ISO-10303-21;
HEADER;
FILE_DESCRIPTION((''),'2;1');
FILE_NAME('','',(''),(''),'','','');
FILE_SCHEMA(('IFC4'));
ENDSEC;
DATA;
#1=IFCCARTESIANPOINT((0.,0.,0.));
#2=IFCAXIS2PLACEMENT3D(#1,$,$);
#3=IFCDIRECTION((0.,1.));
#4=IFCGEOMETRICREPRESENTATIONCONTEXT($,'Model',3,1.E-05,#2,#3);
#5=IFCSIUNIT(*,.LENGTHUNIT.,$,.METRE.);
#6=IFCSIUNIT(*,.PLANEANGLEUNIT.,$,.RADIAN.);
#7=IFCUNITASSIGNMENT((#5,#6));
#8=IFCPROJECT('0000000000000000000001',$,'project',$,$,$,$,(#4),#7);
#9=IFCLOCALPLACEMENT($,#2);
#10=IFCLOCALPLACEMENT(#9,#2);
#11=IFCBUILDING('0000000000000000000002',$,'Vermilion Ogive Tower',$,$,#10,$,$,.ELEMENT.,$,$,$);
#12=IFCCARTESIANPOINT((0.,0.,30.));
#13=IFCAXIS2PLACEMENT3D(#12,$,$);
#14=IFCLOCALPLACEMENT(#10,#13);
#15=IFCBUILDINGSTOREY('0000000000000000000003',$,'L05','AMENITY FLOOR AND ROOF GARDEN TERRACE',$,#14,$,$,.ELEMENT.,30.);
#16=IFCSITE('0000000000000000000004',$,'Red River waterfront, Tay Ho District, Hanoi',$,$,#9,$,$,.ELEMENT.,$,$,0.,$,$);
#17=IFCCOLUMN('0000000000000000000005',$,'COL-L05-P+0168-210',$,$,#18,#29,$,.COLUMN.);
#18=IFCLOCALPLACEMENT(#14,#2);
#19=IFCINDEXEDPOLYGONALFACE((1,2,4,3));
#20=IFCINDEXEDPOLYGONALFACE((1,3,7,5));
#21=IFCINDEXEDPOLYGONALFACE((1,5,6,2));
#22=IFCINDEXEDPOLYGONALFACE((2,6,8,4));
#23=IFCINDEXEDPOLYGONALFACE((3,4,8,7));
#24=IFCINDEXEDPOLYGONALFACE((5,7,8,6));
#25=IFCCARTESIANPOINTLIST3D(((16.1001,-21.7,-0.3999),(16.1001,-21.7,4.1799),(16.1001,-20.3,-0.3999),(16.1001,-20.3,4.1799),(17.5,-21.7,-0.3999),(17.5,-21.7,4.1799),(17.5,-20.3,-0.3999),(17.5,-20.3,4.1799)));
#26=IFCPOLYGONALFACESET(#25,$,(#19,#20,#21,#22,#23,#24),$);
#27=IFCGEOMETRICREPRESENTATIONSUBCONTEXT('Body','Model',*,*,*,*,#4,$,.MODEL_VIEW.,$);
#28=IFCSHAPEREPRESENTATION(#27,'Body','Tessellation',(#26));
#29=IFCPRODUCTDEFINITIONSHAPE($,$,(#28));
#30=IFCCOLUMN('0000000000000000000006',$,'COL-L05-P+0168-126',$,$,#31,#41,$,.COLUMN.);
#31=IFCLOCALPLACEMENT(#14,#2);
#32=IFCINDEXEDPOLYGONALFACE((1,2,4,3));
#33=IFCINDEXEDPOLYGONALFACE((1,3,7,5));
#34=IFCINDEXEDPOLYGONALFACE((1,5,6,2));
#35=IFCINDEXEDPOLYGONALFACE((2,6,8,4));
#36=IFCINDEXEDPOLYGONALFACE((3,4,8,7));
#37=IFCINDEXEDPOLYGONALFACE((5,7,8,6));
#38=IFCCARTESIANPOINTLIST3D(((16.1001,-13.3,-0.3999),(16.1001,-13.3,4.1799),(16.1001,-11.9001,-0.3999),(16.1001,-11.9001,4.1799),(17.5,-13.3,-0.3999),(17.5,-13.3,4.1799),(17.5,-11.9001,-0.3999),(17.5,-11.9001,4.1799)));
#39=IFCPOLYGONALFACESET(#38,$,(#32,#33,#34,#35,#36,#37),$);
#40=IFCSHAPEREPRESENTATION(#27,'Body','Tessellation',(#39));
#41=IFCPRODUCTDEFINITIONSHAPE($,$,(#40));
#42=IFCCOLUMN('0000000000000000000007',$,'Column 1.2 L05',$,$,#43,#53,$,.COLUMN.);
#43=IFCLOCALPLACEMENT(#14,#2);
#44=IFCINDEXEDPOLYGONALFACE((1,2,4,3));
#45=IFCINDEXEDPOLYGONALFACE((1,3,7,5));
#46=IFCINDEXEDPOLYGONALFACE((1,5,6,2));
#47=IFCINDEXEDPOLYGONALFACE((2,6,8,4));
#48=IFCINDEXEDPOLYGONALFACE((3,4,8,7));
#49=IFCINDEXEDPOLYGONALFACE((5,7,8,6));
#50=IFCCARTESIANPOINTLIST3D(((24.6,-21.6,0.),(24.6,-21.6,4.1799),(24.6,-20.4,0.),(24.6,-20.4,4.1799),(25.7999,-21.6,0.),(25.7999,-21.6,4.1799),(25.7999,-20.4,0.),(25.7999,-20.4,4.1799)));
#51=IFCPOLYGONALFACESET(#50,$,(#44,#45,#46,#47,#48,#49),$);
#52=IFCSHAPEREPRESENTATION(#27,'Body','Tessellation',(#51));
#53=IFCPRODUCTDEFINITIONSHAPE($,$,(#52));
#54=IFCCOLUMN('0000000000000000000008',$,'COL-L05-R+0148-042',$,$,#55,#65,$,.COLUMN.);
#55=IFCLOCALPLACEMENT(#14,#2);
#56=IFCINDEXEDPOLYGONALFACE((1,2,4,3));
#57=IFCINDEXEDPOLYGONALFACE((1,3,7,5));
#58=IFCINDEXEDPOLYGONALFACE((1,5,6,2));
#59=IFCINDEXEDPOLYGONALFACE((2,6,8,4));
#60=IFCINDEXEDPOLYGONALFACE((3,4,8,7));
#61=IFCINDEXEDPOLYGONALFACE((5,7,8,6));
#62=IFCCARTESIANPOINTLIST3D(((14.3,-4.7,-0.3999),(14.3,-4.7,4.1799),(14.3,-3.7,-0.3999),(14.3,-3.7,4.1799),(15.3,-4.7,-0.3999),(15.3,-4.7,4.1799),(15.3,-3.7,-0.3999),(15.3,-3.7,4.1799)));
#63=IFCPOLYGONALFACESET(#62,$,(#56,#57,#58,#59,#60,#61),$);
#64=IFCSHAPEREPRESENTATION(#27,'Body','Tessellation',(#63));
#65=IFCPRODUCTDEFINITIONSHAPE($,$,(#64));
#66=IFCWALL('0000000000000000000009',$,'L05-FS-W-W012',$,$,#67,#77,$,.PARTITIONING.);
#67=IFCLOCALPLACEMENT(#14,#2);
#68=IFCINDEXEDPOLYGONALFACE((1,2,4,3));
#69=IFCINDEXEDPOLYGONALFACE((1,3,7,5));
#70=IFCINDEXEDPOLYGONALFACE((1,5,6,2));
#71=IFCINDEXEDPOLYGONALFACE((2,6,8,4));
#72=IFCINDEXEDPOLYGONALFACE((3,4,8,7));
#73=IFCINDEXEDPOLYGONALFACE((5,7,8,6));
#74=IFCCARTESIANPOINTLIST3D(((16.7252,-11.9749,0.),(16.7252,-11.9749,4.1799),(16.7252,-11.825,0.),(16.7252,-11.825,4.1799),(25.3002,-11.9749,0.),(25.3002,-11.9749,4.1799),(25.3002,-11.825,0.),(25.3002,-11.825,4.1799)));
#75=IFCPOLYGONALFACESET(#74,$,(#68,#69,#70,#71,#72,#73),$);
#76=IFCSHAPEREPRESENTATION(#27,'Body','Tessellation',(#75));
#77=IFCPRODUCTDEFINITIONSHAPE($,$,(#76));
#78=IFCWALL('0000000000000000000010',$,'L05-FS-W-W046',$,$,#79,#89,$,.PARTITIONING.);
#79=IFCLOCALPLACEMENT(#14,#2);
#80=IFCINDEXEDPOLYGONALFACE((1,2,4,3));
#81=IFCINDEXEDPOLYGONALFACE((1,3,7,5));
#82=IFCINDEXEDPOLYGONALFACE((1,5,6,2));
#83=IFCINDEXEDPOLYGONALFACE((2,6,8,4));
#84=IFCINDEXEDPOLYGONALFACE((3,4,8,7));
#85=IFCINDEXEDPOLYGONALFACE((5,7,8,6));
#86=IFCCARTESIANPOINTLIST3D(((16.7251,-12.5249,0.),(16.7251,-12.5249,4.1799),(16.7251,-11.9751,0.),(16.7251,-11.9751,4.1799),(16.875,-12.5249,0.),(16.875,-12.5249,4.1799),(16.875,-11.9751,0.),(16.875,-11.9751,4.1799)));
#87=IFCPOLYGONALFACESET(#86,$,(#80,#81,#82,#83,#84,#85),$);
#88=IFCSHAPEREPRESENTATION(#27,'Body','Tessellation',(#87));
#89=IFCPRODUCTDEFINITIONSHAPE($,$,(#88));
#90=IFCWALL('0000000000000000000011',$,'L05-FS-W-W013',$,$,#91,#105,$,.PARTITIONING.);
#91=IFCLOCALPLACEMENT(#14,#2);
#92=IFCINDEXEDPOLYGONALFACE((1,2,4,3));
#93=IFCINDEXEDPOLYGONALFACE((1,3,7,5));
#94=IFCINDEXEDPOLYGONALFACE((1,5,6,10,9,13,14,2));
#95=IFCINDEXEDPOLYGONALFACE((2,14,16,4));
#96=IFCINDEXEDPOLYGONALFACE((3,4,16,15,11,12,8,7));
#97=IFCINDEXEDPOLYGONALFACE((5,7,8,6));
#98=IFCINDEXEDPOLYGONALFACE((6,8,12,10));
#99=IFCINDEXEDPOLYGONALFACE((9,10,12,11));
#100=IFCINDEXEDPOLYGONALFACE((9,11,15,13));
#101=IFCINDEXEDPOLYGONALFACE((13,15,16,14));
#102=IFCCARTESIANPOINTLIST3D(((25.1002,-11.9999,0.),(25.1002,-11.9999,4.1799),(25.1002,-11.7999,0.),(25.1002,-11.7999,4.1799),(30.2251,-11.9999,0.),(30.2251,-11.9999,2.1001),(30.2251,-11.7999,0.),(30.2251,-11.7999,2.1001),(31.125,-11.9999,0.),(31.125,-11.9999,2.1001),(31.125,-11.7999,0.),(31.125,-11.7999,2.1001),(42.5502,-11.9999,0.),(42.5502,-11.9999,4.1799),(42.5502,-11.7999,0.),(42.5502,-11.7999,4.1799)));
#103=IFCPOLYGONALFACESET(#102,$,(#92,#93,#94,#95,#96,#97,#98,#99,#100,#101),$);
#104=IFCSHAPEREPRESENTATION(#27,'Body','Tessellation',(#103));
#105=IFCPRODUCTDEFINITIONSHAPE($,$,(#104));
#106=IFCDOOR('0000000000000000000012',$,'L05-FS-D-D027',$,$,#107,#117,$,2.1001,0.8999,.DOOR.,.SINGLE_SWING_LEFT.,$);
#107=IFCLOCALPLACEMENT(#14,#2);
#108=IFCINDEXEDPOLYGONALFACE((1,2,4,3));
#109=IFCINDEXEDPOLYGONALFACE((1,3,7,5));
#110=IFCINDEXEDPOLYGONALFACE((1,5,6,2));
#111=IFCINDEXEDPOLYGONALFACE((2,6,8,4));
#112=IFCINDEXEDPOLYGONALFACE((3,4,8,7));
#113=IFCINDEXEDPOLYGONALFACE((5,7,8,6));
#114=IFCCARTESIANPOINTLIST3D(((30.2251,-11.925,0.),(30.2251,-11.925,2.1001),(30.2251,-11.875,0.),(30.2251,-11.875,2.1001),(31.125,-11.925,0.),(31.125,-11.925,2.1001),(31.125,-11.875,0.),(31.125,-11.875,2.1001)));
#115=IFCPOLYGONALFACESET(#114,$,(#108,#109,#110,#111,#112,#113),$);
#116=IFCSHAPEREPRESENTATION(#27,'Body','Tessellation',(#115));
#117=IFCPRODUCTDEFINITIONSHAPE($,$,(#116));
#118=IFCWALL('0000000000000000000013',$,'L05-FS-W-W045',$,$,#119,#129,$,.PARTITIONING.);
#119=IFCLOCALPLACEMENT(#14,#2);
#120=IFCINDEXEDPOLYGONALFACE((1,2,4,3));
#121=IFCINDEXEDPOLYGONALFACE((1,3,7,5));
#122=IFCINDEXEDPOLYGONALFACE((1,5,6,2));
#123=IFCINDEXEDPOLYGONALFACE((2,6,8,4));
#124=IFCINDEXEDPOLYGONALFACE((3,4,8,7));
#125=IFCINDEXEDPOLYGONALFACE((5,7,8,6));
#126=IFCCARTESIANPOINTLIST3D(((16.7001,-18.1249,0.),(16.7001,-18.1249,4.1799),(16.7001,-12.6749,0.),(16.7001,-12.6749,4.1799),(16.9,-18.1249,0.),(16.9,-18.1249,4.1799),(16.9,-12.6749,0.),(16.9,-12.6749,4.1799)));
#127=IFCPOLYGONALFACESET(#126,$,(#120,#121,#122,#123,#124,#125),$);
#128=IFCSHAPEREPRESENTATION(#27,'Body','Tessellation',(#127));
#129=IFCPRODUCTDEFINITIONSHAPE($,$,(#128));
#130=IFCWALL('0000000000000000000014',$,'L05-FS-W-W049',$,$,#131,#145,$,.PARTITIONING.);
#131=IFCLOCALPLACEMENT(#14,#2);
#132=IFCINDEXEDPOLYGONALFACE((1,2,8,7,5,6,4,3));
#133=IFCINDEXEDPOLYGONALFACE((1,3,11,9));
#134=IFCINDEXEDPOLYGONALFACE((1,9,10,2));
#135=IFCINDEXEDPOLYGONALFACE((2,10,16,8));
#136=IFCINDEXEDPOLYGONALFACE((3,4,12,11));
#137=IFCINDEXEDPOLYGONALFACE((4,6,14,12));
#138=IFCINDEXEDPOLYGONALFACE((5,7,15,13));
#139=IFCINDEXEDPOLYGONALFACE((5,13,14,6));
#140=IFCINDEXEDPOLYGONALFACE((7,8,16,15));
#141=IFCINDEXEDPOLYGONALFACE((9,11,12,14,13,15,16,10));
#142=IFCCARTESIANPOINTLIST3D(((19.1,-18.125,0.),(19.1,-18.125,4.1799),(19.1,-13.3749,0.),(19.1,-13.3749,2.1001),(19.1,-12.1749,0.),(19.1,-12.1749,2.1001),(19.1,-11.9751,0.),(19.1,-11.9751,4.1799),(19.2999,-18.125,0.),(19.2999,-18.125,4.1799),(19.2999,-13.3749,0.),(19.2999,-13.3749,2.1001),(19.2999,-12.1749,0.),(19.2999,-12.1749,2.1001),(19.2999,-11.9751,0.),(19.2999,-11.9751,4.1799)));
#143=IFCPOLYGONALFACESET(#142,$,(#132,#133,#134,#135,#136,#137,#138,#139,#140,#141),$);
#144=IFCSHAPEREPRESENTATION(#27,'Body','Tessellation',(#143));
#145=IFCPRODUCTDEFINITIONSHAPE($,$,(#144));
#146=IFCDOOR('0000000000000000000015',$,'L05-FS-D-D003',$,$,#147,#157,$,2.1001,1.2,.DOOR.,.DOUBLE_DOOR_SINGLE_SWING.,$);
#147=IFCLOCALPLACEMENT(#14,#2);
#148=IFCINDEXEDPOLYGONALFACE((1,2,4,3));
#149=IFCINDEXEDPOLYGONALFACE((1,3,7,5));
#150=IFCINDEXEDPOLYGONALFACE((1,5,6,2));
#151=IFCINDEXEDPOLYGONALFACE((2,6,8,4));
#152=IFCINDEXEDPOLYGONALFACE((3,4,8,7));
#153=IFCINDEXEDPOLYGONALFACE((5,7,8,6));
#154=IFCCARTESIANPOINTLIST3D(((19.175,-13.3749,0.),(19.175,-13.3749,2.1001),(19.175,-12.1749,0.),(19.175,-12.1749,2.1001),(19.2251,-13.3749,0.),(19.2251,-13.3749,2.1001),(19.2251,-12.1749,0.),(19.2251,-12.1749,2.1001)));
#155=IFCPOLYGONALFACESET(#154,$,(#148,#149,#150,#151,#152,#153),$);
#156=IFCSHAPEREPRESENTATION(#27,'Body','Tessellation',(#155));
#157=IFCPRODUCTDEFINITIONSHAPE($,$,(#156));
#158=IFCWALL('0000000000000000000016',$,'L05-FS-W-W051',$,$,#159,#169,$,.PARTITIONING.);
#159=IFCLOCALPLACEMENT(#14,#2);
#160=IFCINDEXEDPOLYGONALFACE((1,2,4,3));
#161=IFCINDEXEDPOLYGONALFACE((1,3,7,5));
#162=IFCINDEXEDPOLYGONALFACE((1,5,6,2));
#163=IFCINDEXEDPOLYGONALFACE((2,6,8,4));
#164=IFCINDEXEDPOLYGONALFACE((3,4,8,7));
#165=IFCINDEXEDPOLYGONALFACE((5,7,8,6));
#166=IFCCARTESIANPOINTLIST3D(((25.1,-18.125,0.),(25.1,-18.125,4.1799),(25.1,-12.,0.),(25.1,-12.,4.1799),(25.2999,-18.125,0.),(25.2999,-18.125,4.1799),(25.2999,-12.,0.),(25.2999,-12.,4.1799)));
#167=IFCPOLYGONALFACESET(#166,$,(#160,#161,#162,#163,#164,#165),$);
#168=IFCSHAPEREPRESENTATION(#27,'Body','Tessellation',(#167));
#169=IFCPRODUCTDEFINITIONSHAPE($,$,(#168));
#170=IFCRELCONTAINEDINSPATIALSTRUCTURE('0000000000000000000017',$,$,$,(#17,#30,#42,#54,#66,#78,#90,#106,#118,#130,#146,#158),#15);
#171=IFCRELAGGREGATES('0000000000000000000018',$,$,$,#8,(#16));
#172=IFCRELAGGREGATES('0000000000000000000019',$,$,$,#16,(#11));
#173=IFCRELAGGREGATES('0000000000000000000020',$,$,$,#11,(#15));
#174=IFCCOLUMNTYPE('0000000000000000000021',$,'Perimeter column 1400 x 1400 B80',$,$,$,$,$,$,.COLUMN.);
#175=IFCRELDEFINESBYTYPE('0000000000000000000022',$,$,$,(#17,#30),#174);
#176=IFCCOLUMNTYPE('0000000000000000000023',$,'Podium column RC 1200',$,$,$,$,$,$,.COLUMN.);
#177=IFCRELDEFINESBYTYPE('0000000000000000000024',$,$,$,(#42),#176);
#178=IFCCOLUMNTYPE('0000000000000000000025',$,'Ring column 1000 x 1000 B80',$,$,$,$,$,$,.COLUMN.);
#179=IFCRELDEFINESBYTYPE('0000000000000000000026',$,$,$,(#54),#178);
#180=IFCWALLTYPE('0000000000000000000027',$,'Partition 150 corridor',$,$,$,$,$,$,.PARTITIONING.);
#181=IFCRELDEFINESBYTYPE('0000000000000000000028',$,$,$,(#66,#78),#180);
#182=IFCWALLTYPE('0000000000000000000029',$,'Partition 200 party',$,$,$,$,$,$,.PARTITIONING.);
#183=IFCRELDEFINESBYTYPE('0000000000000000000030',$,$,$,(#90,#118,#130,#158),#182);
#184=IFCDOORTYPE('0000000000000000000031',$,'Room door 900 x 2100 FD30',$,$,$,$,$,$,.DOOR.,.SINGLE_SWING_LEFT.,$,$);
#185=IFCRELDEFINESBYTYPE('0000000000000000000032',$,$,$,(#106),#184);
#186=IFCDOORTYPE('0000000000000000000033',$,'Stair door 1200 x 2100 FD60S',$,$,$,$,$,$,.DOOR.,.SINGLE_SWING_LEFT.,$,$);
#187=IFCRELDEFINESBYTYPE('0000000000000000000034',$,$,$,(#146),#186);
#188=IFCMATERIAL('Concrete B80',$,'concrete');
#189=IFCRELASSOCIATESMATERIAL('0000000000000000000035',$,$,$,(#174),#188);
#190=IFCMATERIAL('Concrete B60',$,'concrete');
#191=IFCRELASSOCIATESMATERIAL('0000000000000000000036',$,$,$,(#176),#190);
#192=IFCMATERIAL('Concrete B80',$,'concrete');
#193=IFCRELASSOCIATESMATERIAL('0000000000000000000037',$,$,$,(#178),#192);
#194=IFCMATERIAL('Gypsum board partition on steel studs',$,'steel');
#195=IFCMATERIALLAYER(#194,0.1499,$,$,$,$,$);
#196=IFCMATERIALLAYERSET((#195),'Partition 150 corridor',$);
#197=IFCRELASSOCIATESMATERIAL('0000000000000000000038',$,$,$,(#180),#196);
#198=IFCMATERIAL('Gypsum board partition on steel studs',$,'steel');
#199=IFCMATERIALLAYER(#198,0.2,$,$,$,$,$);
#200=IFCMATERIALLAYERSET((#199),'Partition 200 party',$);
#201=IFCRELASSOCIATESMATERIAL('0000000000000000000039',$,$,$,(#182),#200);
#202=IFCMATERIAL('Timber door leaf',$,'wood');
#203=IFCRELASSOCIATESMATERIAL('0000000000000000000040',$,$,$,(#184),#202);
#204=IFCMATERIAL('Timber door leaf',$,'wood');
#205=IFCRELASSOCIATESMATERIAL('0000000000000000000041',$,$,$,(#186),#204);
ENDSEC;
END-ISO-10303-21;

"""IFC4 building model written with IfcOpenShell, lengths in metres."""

from ifc_helpers import new_model, si_unit, direction, frame, frame_2d, origin, origin_2d, place, context, subcontext, project, spatial, rectangle, extrude, material, layer, layer_set, material_profile, profile_set, type_object, element, fill, save


model = new_model("IFC4")

# Units and contexts
model_context = context("Model", 3, precision=1e-05, world=origin(), true_north=direction((0.0, 1.0)))
body_context = subcontext(model_context, "Body", "Model", "MODEL_VIEW")
ifc_project = project(units=[si_unit("LENGTHUNIT", "METRE"), si_unit("PLANEANGLEUNIT", "RADIAN")], contexts=[model_context])

# Site, building, storey
site_placement = place(None, origin())
site = spatial("IfcSite", under=ifc_project, at=site_placement, Name="Red River waterfront, Tay Ho District, Hanoi", CompositionType="ELEMENT", RefElevation=0.0)
building_placement = place(site_placement, origin())
building = spatial("IfcBuilding", under=site, at=building_placement, Name="Vermilion Ogive Tower", CompositionType="ELEMENT")
storey_placement = place(building_placement, frame((0.0, 0.0, 30.0)))
storey = spatial("IfcBuildingStorey", under=building, at=storey_placement, Name="L05", Description="AMENITY FLOOR AND ROOF GARDEN TERRACE", CompositionType="ELEMENT", Elevation=30.0)

# Columns
ifc_material_1 = material(Name="Concrete B80", Category="concrete")
ifc_material_profile_1 = material_profile(ifc_material_1, rectangle(XDim=1.3999, YDim=1.3999, at=origin_2d()), Name="1400 x 1400")
ifc_profile_set_1 = profile_set([ifc_material_profile_1], Name="Concrete B80")
column_type_1 = type_object("IfcColumnType", Name="Perimeter column 1400 x 1400 B80", PredefinedType="COLUMN", material=ifc_profile_set_1)
for number, where, z_axis, x_axis, name in (
    (1, (16.8, -21.0, -0.3999), (0.0, 0.0, 1.0), (1.0, 0.0, 0.0), "COL-L05-P+0168-210"),
    (2, (16.8, -12.6001, -0.3999), (0.0, 0.0, 1.0), (1.0, 0.0, 0.0), "COL-L05-P+0168-126"),
):
    element("IfcColumn", number, at=place(storey_placement, frame(where, z_axis=z_axis, x_axis=x_axis)), inside=storey, type_object=column_type_1, Name=name, PredefinedType="COLUMN", context=body_context, shape_type="SweptSolid", body=[
        extrude(rectangle(XDim=1.3999, YDim=1.3999, at=origin_2d()), origin(), (0.0, 0.0, 1.0), 4.5798),
    ])
ifc_material_2 = material(Name="Concrete B60", Category="concrete")
ifc_material_profile_2 = material_profile(ifc_material_2, rectangle(XDim=1.2, YDim=1.2, at=origin_2d()), Name="RC 1200x1200")
ifc_profile_set_2 = profile_set([ifc_material_profile_2], Name="Concrete B60")
column_type_2 = type_object("IfcColumnType", Name="Podium column RC 1200", PredefinedType="COLUMN", material=ifc_profile_set_2)
column_1_placement = place(storey_placement, frame((25.2, -21.0, 0.0), z_axis=(0.0, 0.0, 1.0), x_axis=(1.0, 0.0, 0.0)))
element("IfcColumn", 3, at=column_1_placement, inside=storey, type_object=column_type_2, Name="Column 1.2 L05", PredefinedType="COLUMN", context=body_context, shape_type="SweptSolid", body=[
    extrude(rectangle(XDim=1.2, YDim=1.2, at=origin_2d()), origin(), (0.0, 0.0, 1.0), 4.1799),
])
ifc_material_3 = material(Name="Concrete B80", Category="concrete")
ifc_material_profile_3 = material_profile(ifc_material_3, rectangle(XDim=1.0, YDim=1.0, at=origin_2d()), Name="1000 x 1000")
ifc_profile_set_3 = profile_set([ifc_material_profile_3], Name="Concrete B80")
column_type_3 = type_object("IfcColumnType", Name="Ring column 1000 x 1000 B80", PredefinedType="COLUMN", material=ifc_profile_set_3)
column_2_placement = place(storey_placement, frame((14.8, -4.2, -0.3999), z_axis=(0.0, 0.0, 1.0), x_axis=(1.0, 0.0, 0.0)))
element("IfcColumn", 4, at=column_2_placement, inside=storey, type_object=column_type_3, Name="COL-L05-R+0148-042", PredefinedType="COLUMN", context=body_context, shape_type="SweptSolid", body=[
    extrude(rectangle(XDim=1.0, YDim=1.0, at=origin_2d()), origin(), (0.0, 0.0, 1.0), 4.5798),
])

# Walls
ifc_material_4 = material(Name="Gypsum board partition on steel studs", Category="steel")
ifc_layer_1 = layer(ifc_material_4, 0.1499)
ifc_layer_set_1 = layer_set([ifc_layer_1], Name="Partition 150 corridor")
wall_type_1 = type_object("IfcWallType", Name="Partition 150 corridor", PredefinedType="PARTITIONING", material=ifc_layer_set_1)
wall_1_placement = place(storey_placement, frame((16.7251, -11.8999, 0.0), z_axis=(0.0, 0.0, 1.0), x_axis=(1.0, 0.0, 0.0)))
element("IfcWall", 5, at=wall_1_placement, inside=storey, type_object=wall_type_1, Name="L05-FS-W-W012", PredefinedType="PARTITIONING", context=body_context, shape_type="SweptSolid", body=[
    extrude(rectangle(XDim=8.575, YDim=0.1499, at=frame_2d((4.2876, 0.0))), origin(), (0.0, 0.0, 1.0), 4.1799),
])
wall_2_placement = place(storey_placement, frame((16.8, -12.5249, 0.0), z_axis=(0.0, 0.0, 1.0), x_axis=(0.0, 1.0, 0.0)))
element("IfcWall", 6, at=wall_2_placement, inside=storey, type_object=wall_type_1, Name="L05-FS-W-W046", PredefinedType="PARTITIONING", context=body_context, shape_type="SweptSolid", body=[
    extrude(rectangle(XDim=0.5498, YDim=0.1499, at=frame_2d((0.2749, 0.0))), origin(), (0.0, 0.0, 1.0), 4.1799),
])

# Wall, opening, door
ifc_material_5 = material(Name="Gypsum board partition on steel studs", Category="steel")
ifc_layer_2 = layer(ifc_material_5, 0.2)
ifc_layer_set_2 = layer_set([ifc_layer_2], Name="Partition 200 party")
wall_type_2 = type_object("IfcWallType", Name="Partition 200 party", PredefinedType="PARTITIONING", material=ifc_layer_set_2)
wall_3_placement = place(storey_placement, frame((25.1001, -11.8999, 0.0), z_axis=(0.0, 0.0, 1.0), x_axis=(1.0, 0.0, 0.0)))
wall_3 = element("IfcWall", 7, at=wall_3_placement, inside=storey, type_object=wall_type_2, Name="L05-FS-W-W013", PredefinedType="PARTITIONING", context=body_context, shape_type="SweptSolid", body=[
    extrude(rectangle(XDim=17.45, YDim=0.2, at=frame_2d((8.7251, 0.0))), origin(), (0.0, 0.0, 1.0), 4.1799),
])
opening_1_placement = place(wall_3_placement, frame((5.125, 0.0, 0.0)))
opening_1 = element("IfcOpeningElement", 8, at=opening_1_placement, cuts=wall_3, PredefinedType="OPENING", context=body_context, shape_type="SweptSolid", body=[
    extrude(rectangle(XDim=0.8999, YDim=2.1001, at=frame_2d((0.45, 1.05))), frame((0.0, 0.1099, 0.0), z_axis=(0.0, -1.0, 0.0), x_axis=(1.0, 0.0, 0.0)), (0.0, 0.0, 1.0), 0.22),
])
ifc_material_6 = material(Name="Timber door leaf", Category="wood")
door_type_1 = type_object("IfcDoorType", Name="Room door 900 x 2100 FD30", OperationType="SINGLE_SWING_LEFT", PredefinedType="DOOR", material=ifc_material_6)
door_1_placement = place(opening_1_placement, origin())
door_1 = element("IfcDoor", 9, at=door_1_placement, inside=storey, type_object=door_type_1, Name="L05-FS-D-D027", OperationType="SINGLE_SWING_LEFT", OverallHeight=2.1001, OverallWidth=0.8999, PredefinedType="DOOR", context=body_context, shape_type="SweptSolid", body=[
    extrude(rectangle(XDim=0.8999, YDim=2.1001, at=frame_2d((0.45, 1.05))), frame((0.0, 0.0249, 0.0), z_axis=(0.0, -1.0, 0.0), x_axis=(1.0, 0.0, 0.0)), (0.0, 0.0, 1.0), 0.05),
])
fill(opening_1, door_1)

# Wall
wall_4_placement = place(storey_placement, frame((16.8, -18.125, 0.0), z_axis=(0.0, 0.0, 1.0), x_axis=(0.0, 1.0, 0.0)))
element("IfcWall", 10, at=wall_4_placement, inside=storey, type_object=wall_type_2, Name="L05-FS-W-W045", PredefinedType="PARTITIONING", context=body_context, shape_type="SweptSolid", body=[
    extrude(rectangle(XDim=5.45, YDim=0.2, at=frame_2d((2.7251, 0.0))), origin(), (0.0, 0.0, 1.0), 4.1799),
])

# Wall, opening, door
wall_5_placement = place(storey_placement, frame((19.2, -18.125, 0.0), z_axis=(0.0, 0.0, 1.0), x_axis=(0.0, 1.0, 0.0)))
wall_5 = element("IfcWall", 11, at=wall_5_placement, inside=storey, type_object=wall_type_2, Name="L05-FS-W-W049", PredefinedType="PARTITIONING", context=body_context, shape_type="SweptSolid", body=[
    extrude(rectangle(XDim=6.1499, YDim=0.2, at=frame_2d((3.075, 0.0))), origin(), (0.0, 0.0, 1.0), 4.1799),
])
opening_2_placement = place(wall_5_placement, frame((4.75, 0.0, 0.0)))
opening_2 = element("IfcOpeningElement", 12, at=opening_2_placement, cuts=wall_5, PredefinedType="OPENING", context=body_context, shape_type="SweptSolid", body=[
    extrude(rectangle(XDim=1.2, YDim=2.1001, at=frame_2d((0.6001, 1.05))), frame((0.0, 0.1099, 0.0), z_axis=(0.0, -1.0, 0.0), x_axis=(1.0, 0.0, 0.0)), (0.0, 0.0, 1.0), 0.22),
])
ifc_material_7 = material(Name="Timber door leaf", Category="wood")
door_type_2 = type_object("IfcDoorType", Name="Stair door 1200 x 2100 FD60S", OperationType="SINGLE_SWING_LEFT", PredefinedType="DOOR", material=ifc_material_7)
door_2_placement = place(opening_2_placement, origin())
door_2 = element("IfcDoor", 13, at=door_2_placement, inside=storey, type_object=door_type_2, Name="L05-FS-D-D003", OperationType="DOUBLE_DOOR_SINGLE_SWING", OverallHeight=2.1001, OverallWidth=1.2, PredefinedType="DOOR", context=body_context, shape_type="SweptSolid", body=[
    extrude(rectangle(XDim=1.2, YDim=2.1001, at=frame_2d((0.6001, 1.05))), frame((0.0, 0.0249, 0.0), z_axis=(0.0, -1.0, 0.0), x_axis=(1.0, 0.0, 0.0)), (0.0, 0.0, 1.0), 0.05),
])
fill(opening_2, door_2)

# Wall
wall_6_placement = place(storey_placement, frame((25.2, -18.125, 0.0), z_axis=(0.0, 0.0, 1.0), x_axis=(0.0, 1.0, 0.0)))
element("IfcWall", 14, at=wall_6_placement, inside=storey, type_object=wall_type_2, Name="L05-FS-W-W051", PredefinedType="PARTITIONING", context=body_context, shape_type="SweptSolid", body=[
    extrude(rectangle(XDim=6.125, YDim=0.2, at=frame_2d((3.0625, 0.0))), origin(), (0.0, 0.0, 1.0), 4.1799),
])

save(model, "model.ifc")
